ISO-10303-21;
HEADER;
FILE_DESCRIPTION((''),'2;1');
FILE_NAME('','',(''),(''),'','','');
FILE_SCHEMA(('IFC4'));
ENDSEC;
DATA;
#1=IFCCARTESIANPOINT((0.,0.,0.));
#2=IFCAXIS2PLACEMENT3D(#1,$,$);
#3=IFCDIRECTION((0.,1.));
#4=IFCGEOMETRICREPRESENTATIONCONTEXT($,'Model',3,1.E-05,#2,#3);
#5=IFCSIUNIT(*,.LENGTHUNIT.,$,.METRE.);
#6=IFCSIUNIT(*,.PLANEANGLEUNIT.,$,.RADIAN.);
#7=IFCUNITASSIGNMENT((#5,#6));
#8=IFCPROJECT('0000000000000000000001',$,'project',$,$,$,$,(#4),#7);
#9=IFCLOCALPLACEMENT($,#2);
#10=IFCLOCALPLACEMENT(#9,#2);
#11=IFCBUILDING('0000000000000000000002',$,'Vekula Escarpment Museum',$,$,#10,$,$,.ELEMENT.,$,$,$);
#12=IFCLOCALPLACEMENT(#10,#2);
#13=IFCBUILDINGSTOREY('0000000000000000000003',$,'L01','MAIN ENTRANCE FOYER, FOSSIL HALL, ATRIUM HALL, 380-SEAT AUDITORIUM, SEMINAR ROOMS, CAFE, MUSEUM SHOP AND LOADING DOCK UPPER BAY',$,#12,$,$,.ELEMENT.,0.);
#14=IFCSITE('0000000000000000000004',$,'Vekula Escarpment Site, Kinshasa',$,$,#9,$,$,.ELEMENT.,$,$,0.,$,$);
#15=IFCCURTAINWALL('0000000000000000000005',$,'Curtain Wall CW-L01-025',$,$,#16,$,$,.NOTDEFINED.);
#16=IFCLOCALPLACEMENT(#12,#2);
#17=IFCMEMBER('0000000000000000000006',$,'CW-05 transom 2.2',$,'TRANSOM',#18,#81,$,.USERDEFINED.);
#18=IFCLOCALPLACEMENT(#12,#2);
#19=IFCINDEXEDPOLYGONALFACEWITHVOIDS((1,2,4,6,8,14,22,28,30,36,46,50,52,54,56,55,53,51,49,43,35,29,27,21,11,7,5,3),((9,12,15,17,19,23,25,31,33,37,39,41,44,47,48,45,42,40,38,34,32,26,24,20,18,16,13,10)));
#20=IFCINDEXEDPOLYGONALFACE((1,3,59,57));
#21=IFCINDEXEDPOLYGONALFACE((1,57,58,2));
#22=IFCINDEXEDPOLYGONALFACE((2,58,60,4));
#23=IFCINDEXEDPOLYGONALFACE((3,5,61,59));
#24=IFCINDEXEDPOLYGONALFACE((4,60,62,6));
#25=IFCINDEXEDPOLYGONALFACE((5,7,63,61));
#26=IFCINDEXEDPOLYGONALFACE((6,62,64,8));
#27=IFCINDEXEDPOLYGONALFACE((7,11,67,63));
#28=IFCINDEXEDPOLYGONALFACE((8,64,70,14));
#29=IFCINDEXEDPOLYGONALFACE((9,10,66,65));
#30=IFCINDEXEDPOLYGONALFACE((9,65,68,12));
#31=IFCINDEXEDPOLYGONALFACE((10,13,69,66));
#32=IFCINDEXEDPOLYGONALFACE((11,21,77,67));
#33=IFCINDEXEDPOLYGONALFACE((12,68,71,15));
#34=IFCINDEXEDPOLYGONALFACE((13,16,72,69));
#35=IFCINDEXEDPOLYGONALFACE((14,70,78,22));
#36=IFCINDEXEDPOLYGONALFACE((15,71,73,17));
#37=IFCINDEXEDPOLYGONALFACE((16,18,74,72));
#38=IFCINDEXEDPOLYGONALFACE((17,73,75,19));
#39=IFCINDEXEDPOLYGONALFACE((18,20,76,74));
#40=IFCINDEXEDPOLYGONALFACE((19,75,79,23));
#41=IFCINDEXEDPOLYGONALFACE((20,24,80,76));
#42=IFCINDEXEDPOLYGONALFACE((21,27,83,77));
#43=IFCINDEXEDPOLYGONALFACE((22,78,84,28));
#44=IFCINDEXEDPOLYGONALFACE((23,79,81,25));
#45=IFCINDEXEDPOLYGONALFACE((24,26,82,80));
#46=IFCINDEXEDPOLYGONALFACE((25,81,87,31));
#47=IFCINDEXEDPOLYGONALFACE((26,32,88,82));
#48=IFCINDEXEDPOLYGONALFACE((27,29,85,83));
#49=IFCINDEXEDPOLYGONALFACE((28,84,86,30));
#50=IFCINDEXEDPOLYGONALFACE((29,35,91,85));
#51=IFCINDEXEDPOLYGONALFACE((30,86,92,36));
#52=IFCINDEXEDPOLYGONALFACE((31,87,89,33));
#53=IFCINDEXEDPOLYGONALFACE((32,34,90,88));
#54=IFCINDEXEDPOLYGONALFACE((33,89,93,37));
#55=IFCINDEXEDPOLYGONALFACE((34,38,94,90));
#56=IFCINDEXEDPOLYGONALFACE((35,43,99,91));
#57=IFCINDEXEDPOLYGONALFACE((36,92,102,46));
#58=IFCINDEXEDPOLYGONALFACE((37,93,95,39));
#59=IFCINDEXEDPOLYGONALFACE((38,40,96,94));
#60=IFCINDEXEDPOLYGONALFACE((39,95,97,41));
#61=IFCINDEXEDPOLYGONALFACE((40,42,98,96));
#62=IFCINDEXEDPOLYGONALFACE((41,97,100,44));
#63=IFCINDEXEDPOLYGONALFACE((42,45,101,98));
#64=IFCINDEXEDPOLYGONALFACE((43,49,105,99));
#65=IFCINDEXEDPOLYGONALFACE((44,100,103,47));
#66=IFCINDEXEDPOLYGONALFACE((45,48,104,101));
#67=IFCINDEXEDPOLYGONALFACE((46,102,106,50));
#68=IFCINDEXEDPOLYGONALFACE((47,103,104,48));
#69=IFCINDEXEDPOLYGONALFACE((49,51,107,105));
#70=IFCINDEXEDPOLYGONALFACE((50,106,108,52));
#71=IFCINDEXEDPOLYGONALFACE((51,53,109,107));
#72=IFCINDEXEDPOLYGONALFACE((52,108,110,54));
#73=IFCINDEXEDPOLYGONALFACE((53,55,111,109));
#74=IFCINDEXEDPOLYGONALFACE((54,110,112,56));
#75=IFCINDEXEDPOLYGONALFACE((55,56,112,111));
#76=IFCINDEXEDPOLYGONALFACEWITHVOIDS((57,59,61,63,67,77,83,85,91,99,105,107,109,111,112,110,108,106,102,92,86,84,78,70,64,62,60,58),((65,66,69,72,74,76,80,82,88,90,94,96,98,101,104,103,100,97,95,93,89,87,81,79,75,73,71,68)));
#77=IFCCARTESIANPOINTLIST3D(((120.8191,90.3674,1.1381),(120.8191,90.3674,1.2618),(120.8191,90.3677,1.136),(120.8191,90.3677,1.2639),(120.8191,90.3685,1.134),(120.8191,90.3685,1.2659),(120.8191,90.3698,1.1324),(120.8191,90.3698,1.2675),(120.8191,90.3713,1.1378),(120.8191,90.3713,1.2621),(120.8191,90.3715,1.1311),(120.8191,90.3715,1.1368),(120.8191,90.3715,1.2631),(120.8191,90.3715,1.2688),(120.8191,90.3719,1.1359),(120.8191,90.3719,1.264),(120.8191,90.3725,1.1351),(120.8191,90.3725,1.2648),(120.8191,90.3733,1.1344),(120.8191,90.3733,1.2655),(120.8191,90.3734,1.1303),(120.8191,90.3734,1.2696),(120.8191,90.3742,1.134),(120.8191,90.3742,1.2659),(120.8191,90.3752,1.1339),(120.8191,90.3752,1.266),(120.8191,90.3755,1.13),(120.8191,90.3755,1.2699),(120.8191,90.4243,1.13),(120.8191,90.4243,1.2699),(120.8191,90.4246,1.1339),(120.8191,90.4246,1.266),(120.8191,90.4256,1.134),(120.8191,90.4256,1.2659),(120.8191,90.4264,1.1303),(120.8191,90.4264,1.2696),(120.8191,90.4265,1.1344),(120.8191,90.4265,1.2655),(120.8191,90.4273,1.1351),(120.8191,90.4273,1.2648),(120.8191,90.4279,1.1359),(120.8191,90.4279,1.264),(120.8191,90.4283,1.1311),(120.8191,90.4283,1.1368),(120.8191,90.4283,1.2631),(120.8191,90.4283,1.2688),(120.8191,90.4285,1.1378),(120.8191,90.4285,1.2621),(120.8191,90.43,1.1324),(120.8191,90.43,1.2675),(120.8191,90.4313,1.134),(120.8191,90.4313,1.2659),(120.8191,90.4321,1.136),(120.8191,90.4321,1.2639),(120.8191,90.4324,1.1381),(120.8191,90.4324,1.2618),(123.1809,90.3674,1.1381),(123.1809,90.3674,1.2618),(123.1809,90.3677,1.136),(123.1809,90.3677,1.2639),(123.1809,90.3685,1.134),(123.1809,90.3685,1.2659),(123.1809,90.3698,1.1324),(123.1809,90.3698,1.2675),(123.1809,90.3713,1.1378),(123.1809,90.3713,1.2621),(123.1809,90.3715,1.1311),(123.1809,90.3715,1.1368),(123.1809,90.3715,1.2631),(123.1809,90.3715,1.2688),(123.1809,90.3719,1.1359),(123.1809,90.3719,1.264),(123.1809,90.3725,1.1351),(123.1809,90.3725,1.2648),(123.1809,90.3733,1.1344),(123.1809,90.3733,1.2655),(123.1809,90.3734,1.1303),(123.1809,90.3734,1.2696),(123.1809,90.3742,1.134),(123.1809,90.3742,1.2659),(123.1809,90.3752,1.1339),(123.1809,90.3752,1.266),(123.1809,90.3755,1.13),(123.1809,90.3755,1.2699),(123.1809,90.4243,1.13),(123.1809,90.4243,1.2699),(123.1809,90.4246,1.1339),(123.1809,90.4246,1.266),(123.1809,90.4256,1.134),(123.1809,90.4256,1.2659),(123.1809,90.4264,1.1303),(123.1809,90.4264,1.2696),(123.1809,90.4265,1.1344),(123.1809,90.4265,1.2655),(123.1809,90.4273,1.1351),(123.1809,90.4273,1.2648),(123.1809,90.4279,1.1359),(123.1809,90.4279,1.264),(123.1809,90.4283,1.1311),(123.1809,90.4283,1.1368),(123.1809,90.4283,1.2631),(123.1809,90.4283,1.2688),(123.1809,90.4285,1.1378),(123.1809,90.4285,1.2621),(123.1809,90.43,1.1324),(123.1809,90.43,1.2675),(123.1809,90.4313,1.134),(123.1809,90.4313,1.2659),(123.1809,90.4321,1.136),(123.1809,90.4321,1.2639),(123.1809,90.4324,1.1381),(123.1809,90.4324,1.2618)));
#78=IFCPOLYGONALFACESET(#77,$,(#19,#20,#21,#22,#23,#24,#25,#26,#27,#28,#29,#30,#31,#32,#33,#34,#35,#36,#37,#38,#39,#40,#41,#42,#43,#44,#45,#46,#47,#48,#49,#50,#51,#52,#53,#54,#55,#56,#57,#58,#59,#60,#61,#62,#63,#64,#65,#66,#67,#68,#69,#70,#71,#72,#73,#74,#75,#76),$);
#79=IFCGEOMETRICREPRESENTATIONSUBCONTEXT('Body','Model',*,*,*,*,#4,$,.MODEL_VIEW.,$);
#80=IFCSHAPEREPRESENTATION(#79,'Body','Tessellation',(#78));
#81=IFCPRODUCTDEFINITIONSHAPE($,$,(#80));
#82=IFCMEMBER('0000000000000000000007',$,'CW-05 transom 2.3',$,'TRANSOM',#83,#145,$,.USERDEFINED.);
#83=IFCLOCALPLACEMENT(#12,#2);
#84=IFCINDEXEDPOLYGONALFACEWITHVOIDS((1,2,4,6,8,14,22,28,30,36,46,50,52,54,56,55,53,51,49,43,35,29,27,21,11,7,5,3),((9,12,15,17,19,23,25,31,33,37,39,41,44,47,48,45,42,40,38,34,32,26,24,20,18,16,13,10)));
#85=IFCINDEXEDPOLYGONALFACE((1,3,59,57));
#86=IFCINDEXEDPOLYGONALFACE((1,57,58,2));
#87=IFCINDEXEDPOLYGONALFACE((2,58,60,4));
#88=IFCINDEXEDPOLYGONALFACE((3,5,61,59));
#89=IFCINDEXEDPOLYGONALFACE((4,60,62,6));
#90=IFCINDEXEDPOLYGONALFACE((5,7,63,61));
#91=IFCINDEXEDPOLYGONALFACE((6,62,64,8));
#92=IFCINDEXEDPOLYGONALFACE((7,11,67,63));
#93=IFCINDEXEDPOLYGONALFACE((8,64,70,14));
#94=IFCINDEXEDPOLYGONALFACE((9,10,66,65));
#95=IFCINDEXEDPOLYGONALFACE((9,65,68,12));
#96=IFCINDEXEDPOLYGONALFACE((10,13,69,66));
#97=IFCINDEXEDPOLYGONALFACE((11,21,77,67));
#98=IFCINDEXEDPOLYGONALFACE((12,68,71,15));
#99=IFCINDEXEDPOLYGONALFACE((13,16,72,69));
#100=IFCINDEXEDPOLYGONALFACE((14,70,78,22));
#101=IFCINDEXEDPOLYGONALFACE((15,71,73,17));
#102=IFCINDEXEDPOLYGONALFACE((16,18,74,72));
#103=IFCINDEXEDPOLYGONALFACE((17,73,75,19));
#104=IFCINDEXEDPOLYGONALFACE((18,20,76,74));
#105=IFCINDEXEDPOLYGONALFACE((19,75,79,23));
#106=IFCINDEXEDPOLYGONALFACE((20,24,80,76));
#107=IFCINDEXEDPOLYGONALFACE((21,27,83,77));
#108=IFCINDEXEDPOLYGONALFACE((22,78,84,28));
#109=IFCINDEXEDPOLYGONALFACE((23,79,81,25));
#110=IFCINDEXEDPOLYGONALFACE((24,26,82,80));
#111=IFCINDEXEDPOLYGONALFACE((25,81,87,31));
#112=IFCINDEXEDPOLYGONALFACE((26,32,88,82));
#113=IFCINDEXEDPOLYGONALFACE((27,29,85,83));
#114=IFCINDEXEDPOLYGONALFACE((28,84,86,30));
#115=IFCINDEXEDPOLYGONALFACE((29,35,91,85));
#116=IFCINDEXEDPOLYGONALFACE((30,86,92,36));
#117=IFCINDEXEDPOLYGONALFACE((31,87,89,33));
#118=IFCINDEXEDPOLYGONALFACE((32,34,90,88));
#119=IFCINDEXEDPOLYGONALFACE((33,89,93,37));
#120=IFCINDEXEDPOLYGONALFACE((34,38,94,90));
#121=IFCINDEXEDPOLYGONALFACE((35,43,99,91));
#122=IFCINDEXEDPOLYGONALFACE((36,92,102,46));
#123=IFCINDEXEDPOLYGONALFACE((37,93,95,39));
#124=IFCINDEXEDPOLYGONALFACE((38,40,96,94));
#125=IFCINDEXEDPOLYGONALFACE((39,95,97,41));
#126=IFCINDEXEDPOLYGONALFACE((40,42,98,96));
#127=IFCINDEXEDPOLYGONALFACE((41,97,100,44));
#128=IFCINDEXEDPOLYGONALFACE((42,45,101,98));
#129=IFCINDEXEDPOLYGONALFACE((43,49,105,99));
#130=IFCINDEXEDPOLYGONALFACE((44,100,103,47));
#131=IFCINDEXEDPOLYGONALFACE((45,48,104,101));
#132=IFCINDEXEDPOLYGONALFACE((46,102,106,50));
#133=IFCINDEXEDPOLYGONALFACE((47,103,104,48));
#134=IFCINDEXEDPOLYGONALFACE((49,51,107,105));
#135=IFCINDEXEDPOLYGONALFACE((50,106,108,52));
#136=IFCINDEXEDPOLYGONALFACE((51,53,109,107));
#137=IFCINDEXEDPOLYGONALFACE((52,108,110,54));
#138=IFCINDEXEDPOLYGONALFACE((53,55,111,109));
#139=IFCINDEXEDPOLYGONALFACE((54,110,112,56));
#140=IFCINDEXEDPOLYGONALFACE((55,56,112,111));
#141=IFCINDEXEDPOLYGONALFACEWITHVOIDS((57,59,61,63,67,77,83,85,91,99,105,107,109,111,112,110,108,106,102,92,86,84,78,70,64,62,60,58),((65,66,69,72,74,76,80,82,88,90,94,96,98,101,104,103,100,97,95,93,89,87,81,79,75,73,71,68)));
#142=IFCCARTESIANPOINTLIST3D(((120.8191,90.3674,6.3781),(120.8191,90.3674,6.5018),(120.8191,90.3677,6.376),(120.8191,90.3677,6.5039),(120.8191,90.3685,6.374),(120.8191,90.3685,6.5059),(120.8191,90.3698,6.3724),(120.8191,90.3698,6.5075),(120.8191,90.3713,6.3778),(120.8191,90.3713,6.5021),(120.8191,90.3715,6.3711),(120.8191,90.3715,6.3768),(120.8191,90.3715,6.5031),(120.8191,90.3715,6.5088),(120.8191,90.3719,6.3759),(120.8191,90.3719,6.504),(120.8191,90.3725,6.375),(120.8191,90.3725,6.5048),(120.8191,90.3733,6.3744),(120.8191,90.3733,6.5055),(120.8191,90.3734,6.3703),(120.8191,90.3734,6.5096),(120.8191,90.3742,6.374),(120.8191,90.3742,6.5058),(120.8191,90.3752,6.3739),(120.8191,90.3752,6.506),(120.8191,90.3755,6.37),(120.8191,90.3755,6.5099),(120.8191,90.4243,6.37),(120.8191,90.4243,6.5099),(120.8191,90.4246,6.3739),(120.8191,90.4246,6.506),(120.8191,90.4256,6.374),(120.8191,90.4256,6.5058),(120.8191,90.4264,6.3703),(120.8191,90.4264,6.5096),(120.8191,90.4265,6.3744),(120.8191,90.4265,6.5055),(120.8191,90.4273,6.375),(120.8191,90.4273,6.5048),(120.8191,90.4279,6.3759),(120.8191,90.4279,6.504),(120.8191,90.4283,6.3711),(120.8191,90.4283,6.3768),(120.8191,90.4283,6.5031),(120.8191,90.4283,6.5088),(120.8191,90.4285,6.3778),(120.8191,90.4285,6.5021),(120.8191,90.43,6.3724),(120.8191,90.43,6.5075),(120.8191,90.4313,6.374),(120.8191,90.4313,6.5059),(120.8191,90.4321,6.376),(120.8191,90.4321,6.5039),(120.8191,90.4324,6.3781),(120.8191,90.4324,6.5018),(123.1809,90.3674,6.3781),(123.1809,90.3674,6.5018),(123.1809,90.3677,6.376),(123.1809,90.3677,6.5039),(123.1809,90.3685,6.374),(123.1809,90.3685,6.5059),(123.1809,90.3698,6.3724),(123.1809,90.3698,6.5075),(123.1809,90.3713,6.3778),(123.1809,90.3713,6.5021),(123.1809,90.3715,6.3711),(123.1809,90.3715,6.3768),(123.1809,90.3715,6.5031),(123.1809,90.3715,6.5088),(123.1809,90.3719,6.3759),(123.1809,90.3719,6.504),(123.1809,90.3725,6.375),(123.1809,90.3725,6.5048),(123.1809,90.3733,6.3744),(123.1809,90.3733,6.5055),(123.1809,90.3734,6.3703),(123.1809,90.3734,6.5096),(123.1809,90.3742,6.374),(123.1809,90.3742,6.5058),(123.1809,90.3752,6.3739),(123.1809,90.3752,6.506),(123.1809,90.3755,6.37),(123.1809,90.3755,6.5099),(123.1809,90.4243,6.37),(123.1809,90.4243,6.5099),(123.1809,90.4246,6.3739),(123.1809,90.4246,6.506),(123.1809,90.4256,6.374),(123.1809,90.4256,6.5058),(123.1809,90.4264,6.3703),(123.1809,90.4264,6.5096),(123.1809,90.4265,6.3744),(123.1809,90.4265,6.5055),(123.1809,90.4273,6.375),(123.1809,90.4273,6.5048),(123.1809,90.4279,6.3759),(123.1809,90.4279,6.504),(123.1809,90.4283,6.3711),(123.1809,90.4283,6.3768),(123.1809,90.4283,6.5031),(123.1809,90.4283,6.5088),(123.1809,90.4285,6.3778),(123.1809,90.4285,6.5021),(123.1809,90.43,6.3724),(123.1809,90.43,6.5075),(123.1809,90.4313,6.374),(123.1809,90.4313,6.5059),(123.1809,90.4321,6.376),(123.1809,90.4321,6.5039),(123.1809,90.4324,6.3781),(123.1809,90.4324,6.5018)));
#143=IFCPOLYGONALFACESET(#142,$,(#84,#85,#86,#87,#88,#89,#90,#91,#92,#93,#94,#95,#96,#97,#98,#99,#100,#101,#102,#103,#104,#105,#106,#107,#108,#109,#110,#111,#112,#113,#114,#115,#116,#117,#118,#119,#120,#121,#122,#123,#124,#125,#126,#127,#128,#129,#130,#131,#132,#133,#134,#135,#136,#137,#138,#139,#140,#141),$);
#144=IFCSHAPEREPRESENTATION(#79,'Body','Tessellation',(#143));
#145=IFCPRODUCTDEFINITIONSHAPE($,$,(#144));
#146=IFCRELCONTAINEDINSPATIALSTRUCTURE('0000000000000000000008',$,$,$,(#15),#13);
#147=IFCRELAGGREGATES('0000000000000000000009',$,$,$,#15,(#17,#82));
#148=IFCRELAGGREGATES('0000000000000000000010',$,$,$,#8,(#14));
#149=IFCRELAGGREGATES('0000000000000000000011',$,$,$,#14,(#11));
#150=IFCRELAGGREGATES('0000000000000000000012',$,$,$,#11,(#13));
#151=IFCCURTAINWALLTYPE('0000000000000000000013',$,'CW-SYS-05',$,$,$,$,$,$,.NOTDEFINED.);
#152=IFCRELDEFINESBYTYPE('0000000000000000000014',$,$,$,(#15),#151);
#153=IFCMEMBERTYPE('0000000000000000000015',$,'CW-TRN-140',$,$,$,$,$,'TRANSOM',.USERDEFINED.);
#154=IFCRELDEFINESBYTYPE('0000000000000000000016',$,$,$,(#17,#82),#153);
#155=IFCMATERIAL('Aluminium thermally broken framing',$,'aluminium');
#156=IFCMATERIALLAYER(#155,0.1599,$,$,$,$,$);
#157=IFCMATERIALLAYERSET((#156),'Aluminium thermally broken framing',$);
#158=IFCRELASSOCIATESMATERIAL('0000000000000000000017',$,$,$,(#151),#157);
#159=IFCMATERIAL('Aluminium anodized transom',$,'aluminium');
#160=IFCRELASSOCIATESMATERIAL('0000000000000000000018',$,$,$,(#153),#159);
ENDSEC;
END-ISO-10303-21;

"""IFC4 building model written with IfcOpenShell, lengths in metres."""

from ifc_helpers import new_model, si_unit, direction, frame, origin, origin_2d, place, context, subcontext, project, spatial, hollow_rectangle, extrude, material, layer, layer_set, material_profile, profile_set, type_object, element, aggregate, save


model = new_model("IFC4")

# Units and contexts
model_context = context("Model", 3, precision=1e-05, world=origin(), true_north=direction((0.0, 1.0)))
body_context = subcontext(model_context, "Body", "Model", "MODEL_VIEW")
ifc_project = project(units=[si_unit("LENGTHUNIT", "METRE"), si_unit("PLANEANGLEUNIT", "RADIAN")], contexts=[model_context])

# Site, building, storey
site_placement = place(None, origin())
site = spatial("IfcSite", under=ifc_project, at=site_placement, Name="Vekula Escarpment Site, Kinshasa", CompositionType="ELEMENT", RefElevation=0.0)
building_placement = place(site_placement, origin())
building = spatial("IfcBuilding", under=site, at=building_placement, Name="Vekula Escarpment Museum", CompositionType="ELEMENT")
storey_placement = place(building_placement, origin())
storey = spatial("IfcBuildingStorey", under=building, at=storey_placement, Name="L01", Description="MAIN ENTRANCE FOYER, FOSSIL HALL, ATRIUM HALL, 380-SEAT AUDITORIUM, SEMINAR ROOMS, CAFE, MUSEUM SHOP AND LOADING DOCK UPPER BAY", CompositionType="ELEMENT", Elevation=0.0)

# Curtain wall
ifc_material_1 = material(Name="Aluminium thermally broken framing", Category="aluminium")
ifc_layer_1 = layer(ifc_material_1, 0.1599)
ifc_layer_set_1 = layer_set([ifc_layer_1], Name="Aluminium thermally broken framing")
curtain_wall_type_1 = type_object("IfcCurtainWallType", Name="CW-SYS-05", PredefinedType="NOTDEFINED", material=ifc_layer_set_1)
curtain_wall_1_placement = place(storey_placement, origin())
curtain_wall_1 = element("IfcCurtainWall", 1, at=curtain_wall_1_placement, inside=storey, type_object=curtain_wall_type_1, Name="Curtain Wall CW-L01-025", PredefinedType="NOTDEFINED")

# Members
ifc_material_2 = material(Name="Aluminium anodized transom", Category="aluminium")
ifc_material_profile_1 = material_profile(ifc_material_2, hollow_rectangle(XDim=0.0649, YDim=0.1399, WallThickness=0.0039, InnerFilletRadius=0.0039, OuterFilletRadius=0.0081, at=origin_2d()), Name="ALU 140x65x4")
ifc_profile_set_1 = profile_set([ifc_material_profile_1], Name="Aluminium anodized transom")
member_type_1 = type_object("IfcMemberType", Name="CW-TRN-140", ElementType="TRANSOM", PredefinedType="USERDEFINED", material=ifc_profile_set_1)
member_1_placement = place(storey_placement, frame((123.1809, 90.3999, 1.2), z_axis=(-1.0, 0.0, 0.0), x_axis=(0.0, -1.0, 0.0)))
member_1 = element("IfcMember", 2, at=member_1_placement, type_object=member_type_1, Name="CW-05 transom 2.2", ObjectType="TRANSOM", PredefinedType="USERDEFINED", context=body_context, shape_type="SweptSolid", body=[
    extrude(hollow_rectangle(XDim=0.0649, YDim=0.1399, WallThickness=0.0039, InnerFilletRadius=0.0039, OuterFilletRadius=0.0081, at=origin_2d()), origin(), (0.0, 0.0, 1.0), 2.3618),
])
member_2_placement = place(storey_placement, frame((123.1809, 90.3999, 6.4399), z_axis=(-1.0, 0.0, 0.0), x_axis=(0.0, -1.0, 0.0)))
member_2 = element("IfcMember", 3, at=member_2_placement, type_object=member_type_1, Name="CW-05 transom 2.3", ObjectType="TRANSOM", PredefinedType="USERDEFINED", context=body_context, shape_type="SweptSolid", body=[
    extrude(hollow_rectangle(XDim=0.0649, YDim=0.1399, WallThickness=0.0039, InnerFilletRadius=0.0039, OuterFilletRadius=0.0081, at=origin_2d()), origin(), (0.0, 0.0, 1.0), 2.3618),
])

aggregate(curtain_wall_1, [member_1, member_2])

save(model, "model.ifc")
